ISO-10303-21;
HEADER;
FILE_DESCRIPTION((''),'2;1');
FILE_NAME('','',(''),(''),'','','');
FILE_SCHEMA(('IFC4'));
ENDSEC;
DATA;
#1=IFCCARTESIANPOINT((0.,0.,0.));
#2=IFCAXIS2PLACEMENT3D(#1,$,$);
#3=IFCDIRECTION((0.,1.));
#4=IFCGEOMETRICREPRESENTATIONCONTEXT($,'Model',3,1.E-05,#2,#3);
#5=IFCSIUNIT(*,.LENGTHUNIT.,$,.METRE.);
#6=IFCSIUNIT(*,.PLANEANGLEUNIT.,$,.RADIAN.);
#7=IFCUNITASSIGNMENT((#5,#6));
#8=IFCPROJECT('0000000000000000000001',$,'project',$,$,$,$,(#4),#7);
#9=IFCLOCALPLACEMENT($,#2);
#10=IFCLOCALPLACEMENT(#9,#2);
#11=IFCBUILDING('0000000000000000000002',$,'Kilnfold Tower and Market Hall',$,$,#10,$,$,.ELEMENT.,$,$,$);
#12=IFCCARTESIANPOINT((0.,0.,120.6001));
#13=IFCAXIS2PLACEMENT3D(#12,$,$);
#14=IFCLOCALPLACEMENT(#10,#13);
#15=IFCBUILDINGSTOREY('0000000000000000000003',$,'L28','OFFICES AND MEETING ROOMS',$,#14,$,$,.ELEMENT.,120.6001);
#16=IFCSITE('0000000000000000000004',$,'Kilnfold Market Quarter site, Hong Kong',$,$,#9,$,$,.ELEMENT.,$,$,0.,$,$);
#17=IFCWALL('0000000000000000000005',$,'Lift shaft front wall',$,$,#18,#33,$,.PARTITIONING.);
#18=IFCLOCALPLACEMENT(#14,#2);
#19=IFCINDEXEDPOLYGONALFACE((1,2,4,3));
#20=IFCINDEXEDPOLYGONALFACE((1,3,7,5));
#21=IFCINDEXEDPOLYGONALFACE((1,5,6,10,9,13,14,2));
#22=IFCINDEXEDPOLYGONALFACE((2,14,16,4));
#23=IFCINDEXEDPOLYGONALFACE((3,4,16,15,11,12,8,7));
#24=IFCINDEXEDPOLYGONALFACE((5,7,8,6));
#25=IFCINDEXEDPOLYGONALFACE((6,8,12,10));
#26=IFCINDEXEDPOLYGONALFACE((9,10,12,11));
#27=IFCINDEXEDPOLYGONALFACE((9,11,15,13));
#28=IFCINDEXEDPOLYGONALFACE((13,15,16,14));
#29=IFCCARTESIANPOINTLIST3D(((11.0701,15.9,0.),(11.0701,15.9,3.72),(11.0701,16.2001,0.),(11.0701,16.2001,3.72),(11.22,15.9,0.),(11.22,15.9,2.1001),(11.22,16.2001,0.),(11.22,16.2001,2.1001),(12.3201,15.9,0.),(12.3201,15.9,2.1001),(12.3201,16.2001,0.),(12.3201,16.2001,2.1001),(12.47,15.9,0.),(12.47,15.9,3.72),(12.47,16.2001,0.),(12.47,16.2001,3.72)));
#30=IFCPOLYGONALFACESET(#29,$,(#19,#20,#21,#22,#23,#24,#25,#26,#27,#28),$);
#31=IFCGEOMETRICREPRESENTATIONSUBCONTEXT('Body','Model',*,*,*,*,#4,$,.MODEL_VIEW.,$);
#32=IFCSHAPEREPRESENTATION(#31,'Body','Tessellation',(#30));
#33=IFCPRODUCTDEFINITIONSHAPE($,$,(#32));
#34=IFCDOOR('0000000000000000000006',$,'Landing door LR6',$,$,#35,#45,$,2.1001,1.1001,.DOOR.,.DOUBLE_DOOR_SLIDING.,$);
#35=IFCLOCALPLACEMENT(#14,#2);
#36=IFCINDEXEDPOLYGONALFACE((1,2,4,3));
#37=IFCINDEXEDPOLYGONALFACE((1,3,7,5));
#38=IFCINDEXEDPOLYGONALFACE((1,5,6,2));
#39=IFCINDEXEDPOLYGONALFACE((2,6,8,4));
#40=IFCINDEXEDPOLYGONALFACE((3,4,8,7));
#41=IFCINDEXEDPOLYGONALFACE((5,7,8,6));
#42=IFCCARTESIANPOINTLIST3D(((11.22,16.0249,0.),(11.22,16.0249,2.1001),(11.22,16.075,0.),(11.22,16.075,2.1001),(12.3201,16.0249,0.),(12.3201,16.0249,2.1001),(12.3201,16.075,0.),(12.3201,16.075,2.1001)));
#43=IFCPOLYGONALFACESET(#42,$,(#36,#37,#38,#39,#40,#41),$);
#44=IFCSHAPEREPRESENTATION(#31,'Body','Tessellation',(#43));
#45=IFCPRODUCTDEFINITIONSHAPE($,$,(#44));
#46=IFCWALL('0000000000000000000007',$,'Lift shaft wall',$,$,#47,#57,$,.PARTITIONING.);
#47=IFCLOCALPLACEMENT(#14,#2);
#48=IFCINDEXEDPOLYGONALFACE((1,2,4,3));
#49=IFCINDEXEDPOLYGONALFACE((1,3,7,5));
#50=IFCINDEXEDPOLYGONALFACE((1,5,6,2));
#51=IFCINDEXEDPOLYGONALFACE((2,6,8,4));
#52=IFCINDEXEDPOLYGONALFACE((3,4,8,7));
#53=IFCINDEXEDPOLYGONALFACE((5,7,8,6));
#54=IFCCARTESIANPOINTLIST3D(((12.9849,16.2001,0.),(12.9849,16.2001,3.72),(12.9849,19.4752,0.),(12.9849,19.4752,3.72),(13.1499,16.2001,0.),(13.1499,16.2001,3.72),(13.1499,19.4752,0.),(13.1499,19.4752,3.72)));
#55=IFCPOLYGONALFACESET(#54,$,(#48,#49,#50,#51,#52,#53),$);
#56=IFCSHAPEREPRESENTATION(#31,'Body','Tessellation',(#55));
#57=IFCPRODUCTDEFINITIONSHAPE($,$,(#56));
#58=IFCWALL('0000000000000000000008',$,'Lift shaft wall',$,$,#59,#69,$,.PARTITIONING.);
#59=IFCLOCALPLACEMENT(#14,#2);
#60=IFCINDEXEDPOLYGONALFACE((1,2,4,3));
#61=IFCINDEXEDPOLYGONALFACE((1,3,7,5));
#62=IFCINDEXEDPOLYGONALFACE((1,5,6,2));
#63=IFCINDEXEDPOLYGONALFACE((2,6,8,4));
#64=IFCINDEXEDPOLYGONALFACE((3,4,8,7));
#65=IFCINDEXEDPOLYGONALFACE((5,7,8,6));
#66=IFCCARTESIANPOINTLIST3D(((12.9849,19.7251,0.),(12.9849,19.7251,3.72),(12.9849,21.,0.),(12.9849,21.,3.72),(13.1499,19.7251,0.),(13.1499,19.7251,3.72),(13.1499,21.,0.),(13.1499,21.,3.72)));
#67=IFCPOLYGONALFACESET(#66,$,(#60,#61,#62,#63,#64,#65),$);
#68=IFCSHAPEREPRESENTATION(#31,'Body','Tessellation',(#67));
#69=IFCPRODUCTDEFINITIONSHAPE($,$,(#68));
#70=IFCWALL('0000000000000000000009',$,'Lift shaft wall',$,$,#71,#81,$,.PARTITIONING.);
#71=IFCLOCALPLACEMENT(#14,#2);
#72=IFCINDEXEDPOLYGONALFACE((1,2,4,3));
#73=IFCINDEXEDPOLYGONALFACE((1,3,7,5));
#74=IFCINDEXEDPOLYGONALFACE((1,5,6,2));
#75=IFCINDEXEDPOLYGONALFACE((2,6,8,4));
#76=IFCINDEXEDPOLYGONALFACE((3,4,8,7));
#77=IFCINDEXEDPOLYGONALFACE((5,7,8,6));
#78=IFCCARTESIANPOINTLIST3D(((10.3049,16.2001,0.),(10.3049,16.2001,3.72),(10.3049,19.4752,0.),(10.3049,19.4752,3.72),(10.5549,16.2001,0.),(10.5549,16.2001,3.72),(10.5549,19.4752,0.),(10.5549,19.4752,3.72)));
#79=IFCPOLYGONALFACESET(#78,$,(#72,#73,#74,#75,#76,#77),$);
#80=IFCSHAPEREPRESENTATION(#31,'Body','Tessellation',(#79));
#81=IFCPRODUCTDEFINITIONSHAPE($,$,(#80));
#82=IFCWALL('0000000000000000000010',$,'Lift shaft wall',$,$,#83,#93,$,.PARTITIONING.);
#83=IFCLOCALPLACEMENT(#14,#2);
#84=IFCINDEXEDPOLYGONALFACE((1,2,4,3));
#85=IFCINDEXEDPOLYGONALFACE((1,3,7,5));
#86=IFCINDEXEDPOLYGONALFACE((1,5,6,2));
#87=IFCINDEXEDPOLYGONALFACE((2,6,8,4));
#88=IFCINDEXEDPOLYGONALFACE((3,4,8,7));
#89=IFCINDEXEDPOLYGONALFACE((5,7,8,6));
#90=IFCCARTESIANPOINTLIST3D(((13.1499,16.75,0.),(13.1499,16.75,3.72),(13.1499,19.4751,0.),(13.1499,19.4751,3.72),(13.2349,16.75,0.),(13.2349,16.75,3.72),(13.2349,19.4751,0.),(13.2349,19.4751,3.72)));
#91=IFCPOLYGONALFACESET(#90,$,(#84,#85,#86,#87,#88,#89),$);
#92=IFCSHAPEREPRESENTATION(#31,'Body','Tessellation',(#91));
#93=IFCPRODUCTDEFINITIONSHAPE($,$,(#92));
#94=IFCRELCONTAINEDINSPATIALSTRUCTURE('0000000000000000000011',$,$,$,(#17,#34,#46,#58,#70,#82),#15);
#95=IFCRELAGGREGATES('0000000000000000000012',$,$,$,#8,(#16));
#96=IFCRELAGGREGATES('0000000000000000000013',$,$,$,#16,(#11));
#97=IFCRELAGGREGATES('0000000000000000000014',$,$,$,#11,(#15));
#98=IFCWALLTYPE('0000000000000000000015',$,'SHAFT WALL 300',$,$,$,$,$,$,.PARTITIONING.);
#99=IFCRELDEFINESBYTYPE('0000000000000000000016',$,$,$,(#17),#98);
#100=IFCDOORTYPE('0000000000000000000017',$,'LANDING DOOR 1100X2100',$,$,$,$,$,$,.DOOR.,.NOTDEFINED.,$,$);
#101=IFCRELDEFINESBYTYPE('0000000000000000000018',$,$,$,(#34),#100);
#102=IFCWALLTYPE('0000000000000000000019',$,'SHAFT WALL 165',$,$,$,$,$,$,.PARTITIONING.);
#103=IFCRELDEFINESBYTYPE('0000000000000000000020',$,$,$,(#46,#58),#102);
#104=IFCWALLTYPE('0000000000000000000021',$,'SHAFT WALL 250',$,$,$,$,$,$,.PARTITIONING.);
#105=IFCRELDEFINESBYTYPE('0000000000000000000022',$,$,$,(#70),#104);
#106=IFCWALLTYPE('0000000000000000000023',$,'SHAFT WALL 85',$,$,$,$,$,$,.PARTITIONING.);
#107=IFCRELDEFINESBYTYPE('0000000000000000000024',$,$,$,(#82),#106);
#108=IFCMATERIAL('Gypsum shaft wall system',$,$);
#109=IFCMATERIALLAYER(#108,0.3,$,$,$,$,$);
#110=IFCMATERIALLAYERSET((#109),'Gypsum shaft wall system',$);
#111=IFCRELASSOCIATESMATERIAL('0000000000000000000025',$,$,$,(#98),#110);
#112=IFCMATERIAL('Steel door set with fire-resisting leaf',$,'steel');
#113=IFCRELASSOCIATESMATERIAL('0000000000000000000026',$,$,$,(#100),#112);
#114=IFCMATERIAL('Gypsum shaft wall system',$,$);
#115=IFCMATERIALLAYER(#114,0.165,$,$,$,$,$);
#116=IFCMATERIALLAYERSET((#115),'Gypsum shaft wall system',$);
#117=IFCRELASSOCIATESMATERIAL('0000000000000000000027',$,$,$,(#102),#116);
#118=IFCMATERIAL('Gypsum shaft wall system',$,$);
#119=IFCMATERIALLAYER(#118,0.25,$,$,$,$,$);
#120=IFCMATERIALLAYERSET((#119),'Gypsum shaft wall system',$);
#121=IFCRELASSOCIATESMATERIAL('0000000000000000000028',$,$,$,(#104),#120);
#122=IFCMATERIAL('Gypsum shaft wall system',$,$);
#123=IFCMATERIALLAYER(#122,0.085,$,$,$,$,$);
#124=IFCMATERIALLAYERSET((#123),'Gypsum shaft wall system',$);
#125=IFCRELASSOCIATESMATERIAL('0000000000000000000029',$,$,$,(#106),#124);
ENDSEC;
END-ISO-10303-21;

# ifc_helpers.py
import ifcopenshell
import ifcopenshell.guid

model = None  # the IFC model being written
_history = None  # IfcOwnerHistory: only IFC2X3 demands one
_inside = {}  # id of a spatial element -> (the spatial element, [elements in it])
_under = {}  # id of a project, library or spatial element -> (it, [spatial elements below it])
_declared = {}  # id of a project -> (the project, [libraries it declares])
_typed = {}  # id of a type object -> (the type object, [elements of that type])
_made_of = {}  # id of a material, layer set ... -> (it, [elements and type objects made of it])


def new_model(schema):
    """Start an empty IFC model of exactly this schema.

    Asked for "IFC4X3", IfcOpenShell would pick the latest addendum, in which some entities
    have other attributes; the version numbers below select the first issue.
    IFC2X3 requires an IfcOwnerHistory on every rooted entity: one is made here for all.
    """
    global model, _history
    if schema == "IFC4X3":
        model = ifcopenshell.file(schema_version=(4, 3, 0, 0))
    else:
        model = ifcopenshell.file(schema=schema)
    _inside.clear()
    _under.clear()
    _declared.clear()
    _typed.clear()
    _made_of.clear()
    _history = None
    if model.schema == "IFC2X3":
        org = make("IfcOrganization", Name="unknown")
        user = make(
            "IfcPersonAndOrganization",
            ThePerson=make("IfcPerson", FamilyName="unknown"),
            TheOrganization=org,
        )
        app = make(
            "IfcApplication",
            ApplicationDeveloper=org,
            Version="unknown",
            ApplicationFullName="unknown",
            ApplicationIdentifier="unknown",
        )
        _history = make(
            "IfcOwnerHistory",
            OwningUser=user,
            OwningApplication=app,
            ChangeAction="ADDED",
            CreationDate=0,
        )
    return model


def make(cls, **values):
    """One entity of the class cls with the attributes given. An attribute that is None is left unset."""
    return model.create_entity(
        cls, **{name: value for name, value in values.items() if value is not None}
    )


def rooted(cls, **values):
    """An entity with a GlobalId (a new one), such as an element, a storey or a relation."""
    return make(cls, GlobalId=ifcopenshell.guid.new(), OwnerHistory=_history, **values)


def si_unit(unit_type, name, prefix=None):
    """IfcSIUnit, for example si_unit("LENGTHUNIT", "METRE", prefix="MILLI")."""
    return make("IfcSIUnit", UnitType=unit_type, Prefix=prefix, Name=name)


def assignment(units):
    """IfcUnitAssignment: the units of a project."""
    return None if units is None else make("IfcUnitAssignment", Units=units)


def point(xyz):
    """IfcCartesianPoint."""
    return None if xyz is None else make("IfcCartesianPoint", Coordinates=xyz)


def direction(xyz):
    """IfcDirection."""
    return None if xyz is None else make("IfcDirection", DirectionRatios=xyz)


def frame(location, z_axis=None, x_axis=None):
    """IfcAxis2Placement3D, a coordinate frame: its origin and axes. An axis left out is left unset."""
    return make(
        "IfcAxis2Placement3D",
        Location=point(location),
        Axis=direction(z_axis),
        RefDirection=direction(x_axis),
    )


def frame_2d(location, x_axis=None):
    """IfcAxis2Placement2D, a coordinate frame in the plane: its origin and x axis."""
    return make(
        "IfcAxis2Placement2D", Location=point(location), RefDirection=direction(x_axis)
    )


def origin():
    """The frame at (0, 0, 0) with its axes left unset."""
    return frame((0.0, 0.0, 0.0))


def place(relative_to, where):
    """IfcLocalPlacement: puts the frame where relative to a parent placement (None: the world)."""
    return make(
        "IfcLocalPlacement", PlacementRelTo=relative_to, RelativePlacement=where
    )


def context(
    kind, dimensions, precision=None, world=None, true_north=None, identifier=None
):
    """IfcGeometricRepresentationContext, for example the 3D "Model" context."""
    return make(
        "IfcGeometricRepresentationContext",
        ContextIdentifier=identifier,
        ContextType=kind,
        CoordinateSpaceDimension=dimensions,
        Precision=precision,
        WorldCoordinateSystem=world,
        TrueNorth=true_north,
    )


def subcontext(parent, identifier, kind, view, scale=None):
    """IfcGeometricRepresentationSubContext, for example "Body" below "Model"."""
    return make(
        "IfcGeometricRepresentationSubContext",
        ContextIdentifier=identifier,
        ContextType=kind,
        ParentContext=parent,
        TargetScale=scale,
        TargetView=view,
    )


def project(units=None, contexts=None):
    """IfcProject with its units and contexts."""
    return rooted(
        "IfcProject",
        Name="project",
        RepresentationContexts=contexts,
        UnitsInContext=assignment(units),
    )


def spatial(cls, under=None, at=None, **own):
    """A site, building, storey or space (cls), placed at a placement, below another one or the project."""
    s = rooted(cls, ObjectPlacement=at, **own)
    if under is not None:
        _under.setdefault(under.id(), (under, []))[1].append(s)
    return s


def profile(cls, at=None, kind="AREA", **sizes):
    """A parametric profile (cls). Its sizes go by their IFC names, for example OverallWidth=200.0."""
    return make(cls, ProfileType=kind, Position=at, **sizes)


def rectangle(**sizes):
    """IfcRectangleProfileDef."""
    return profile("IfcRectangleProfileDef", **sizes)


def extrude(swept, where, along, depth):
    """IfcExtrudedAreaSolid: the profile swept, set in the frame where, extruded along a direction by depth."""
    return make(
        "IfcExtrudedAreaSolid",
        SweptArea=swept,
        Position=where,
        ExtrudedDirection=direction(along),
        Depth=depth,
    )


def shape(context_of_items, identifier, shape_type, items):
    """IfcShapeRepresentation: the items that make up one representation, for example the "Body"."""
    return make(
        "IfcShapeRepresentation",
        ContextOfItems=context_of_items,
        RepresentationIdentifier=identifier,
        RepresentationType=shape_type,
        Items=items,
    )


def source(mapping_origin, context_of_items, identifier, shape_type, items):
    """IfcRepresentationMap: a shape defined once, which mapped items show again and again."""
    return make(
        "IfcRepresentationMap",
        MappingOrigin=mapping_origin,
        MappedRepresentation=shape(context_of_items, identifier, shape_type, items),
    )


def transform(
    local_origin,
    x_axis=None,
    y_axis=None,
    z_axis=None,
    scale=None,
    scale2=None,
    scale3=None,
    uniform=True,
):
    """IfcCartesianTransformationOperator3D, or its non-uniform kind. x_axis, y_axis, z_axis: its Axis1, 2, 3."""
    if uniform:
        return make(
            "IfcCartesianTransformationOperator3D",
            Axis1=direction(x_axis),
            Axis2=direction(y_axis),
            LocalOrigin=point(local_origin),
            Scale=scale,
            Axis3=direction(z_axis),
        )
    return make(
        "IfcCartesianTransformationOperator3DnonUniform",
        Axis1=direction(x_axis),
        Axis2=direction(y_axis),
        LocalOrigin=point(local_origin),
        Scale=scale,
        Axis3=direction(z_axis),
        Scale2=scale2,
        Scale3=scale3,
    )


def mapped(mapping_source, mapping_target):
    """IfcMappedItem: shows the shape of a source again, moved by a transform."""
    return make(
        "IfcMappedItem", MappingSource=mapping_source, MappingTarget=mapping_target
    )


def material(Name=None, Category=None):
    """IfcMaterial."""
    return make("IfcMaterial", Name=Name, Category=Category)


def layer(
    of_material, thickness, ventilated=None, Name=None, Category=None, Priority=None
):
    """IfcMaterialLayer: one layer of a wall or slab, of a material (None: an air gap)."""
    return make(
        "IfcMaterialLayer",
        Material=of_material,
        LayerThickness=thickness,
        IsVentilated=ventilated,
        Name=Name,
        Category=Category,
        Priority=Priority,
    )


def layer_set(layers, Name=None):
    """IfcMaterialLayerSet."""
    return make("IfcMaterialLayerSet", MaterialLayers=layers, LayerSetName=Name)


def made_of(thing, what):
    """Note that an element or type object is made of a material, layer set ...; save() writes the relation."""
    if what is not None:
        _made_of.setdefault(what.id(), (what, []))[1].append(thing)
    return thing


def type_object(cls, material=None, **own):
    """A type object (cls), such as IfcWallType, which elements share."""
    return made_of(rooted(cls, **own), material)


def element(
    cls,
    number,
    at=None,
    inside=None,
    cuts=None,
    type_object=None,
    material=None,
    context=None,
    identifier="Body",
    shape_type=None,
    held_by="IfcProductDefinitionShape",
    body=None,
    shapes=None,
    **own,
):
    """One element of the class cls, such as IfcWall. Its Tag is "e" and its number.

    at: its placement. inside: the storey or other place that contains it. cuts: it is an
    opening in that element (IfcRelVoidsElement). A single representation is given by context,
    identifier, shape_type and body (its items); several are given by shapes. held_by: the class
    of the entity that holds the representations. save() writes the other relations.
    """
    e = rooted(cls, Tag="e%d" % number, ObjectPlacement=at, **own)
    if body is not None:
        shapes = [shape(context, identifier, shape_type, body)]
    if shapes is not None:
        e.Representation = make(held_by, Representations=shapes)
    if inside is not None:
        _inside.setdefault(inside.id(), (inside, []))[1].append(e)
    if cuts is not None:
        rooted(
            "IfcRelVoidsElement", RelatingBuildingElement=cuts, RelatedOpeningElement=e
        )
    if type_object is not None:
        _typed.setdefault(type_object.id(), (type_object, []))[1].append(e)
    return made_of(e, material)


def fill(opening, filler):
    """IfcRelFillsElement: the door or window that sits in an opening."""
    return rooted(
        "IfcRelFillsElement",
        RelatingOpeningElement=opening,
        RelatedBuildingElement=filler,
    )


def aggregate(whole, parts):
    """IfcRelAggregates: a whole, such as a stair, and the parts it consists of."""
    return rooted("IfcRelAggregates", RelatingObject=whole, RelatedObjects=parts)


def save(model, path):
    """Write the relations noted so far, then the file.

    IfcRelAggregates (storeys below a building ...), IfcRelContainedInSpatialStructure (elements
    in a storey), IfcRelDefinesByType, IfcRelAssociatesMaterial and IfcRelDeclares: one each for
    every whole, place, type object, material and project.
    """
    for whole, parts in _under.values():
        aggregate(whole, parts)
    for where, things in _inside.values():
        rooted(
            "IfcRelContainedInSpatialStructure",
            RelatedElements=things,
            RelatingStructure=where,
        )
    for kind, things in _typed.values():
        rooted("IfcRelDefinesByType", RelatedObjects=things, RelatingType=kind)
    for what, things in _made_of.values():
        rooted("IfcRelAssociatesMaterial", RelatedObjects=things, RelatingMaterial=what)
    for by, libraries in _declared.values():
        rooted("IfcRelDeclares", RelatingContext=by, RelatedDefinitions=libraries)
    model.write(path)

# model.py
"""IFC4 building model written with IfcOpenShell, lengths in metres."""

from ifc_helpers import new_model, si_unit, direction, frame, frame_2d, origin, place, context, subcontext, project, spatial, rectangle, extrude, source, transform, mapped, material, layer, layer_set, type_object, element, fill, save


model = new_model("IFC4")

# Units and contexts
model_context = context("Model", 3, precision=1e-05, world=origin(), true_north=direction((0.0, 1.0)))
body_context = subcontext(model_context, "Body", "Model", "MODEL_VIEW")
ifc_project = project(units=[si_unit("LENGTHUNIT", "METRE"), si_unit("PLANEANGLEUNIT", "RADIAN")], contexts=[model_context])

# Site, building, storey
site_placement = place(None, origin())
site = spatial("IfcSite", under=ifc_project, at=site_placement, Name="Kilnfold Market Quarter site, Hong Kong", CompositionType="ELEMENT", RefElevation=0.0)
building_placement = place(site_placement, origin())
building = spatial("IfcBuilding", under=site, at=building_placement, Name="Kilnfold Tower and Market Hall", CompositionType="ELEMENT")
storey_placement = place(building_placement, frame((0.0, 0.0, 120.6001)))
storey = spatial("IfcBuildingStorey", under=building, at=storey_placement, Name="L28", Description="OFFICES AND MEETING ROOMS", CompositionType="ELEMENT", Elevation=120.6001)

# Wall, opening, door
ifc_material_1 = material(Name="Gypsum shaft wall system")
ifc_layer_1 = layer(ifc_material_1, 0.3)
ifc_layer_set_1 = layer_set([ifc_layer_1], Name="Gypsum shaft wall system")
wall_type_1 = type_object("IfcWallType", Name="SHAFT WALL 300", PredefinedType="PARTITIONING", material=ifc_layer_set_1)
shared_shape_1 = source(origin(), body_context, "Body", "SweptSolid", [
    extrude(rectangle(XDim=1.3999, YDim=0.3, at=frame_2d((0.7, 0.0))), origin(), (0.0, 0.0, 1.0), 3.72),
])
wall_1_placement = place(storey_placement, frame((11.0701, 16.05, 0.0), z_axis=(0.0, 0.0, 1.0), x_axis=(1.0, 0.0, 0.0)))
wall_1 = element("IfcWall", 1, at=wall_1_placement, inside=storey, type_object=wall_type_1, Name="Lift shaft front wall", PredefinedType="PARTITIONING", context=body_context, shape_type="MappedRepresentation", body=[
    mapped(shared_shape_1, transform((0.0, 0.0, 0.0))),
])
opening_1_placement = place(wall_1_placement, frame((0.1499, 0.0, 0.0)))
opening_1 = element("IfcOpeningElement", 2, at=opening_1_placement, cuts=wall_1, PredefinedType="OPENING", context=body_context, shape_type="SweptSolid", body=[
    extrude(rectangle(XDim=1.1001, YDim=2.1001, at=frame_2d((0.55, 1.05))), frame((0.0, 0.1602, 0.0), z_axis=(0.0, -1.0, 0.0), x_axis=(1.0, 0.0, 0.0)), (0.0, 0.0, 1.0), 0.3201),
])
ifc_material_2 = material(Name="Steel door set with fire-resisting leaf", Category="steel")
door_type = type_object("IfcDoorType", Name="LANDING DOOR 1100X2100", OperationType="NOTDEFINED", PredefinedType="DOOR", material=ifc_material_2)
door_placement = place(opening_1_placement, origin())
door = element("IfcDoor", 3, at=door_placement, inside=storey, type_object=door_type, Name="Landing door LR6", OperationType="DOUBLE_DOOR_SLIDING", OverallHeight=2.1001, OverallWidth=1.1001, PredefinedType="DOOR", context=body_context, shape_type="SweptSolid", body=[
    extrude(rectangle(XDim=1.1001, YDim=2.1001, at=frame_2d((0.55, 1.05))), frame((0.0, 0.0249, 0.0), z_axis=(0.0, -1.0, 0.0), x_axis=(1.0, 0.0, 0.0)), (0.0, 0.0, 1.0), 0.05),
])
fill(opening_1, door)

# Walls
ifc_material_3 = material(Name="Gypsum shaft wall system")
ifc_layer_2 = layer(ifc_material_3, 0.165)
ifc_layer_set_2 = layer_set([ifc_layer_2], Name="Gypsum shaft wall system")
wall_type_2 = type_object("IfcWallType", Name="SHAFT WALL 165", PredefinedType="PARTITIONING", material=ifc_layer_set_2)
shared_shape_2 = source(origin(), body_context, "Body", "SweptSolid", [
    extrude(rectangle(XDim=3.2751, YDim=0.165, at=frame_2d((1.6377, 0.0))), origin(), (0.0, 0.0, 1.0), 3.72),
])
wall_2_placement = place(storey_placement, frame((13.0674, 16.2, 0.0), z_axis=(0.0, 0.0, 1.0), x_axis=(0.0, 1.0, 0.0)))
element("IfcWall", 4, at=wall_2_placement, inside=storey, type_object=wall_type_2, Name="Lift shaft wall", PredefinedType="PARTITIONING", context=body_context, shape_type="MappedRepresentation", body=[
    mapped(shared_shape_2, transform((0.0, 0.0, 0.0))),
])
shared_shape_3 = source(origin(), body_context, "Body", "SweptSolid", [
    extrude(rectangle(XDim=1.2749, YDim=0.165, at=frame_2d((0.6375, 0.0))), origin(), (0.0, 0.0, 1.0), 3.72),
])
wall_3_placement = place(storey_placement, frame((13.0674, 19.7251, 0.0), z_axis=(0.0, 0.0, 1.0), x_axis=(0.0, 1.0, 0.0)))
element("IfcWall", 5, at=wall_3_placement, inside=storey, type_object=wall_type_2, Name="Lift shaft wall", PredefinedType="PARTITIONING", context=body_context, shape_type="MappedRepresentation", body=[
    mapped(shared_shape_3, transform((0.0, 0.0, 0.0))),
])
ifc_material_4 = material(Name="Gypsum shaft wall system")
ifc_layer_3 = layer(ifc_material_4, 0.25)
ifc_layer_set_3 = layer_set([ifc_layer_3], Name="Gypsum shaft wall system")
wall_type_3 = type_object("IfcWallType", Name="SHAFT WALL 250", PredefinedType="PARTITIONING", material=ifc_layer_set_3)
shared_shape_4 = source(origin(), body_context, "Body", "SweptSolid", [
    extrude(rectangle(XDim=3.2751, YDim=0.25, at=frame_2d((1.6377, 0.0))), origin(), (0.0, 0.0, 1.0), 3.72),
])
wall_4_placement = place(storey_placement, frame((10.4299, 16.2, 0.0), z_axis=(0.0, 0.0, 1.0), x_axis=(0.0, 1.0, 0.0)))
element("IfcWall", 6, at=wall_4_placement, inside=storey, type_object=wall_type_3, Name="Lift shaft wall", PredefinedType="PARTITIONING", context=body_context, shape_type="MappedRepresentation", body=[
    mapped(shared_shape_4, transform((0.0, 0.0, 0.0))),
])
ifc_material_5 = material(Name="Gypsum shaft wall system")
ifc_layer_4 = layer(ifc_material_5, 0.085)
ifc_layer_set_4 = layer_set([ifc_layer_4], Name="Gypsum shaft wall system")
wall_type_4 = type_object("IfcWallType", Name="SHAFT WALL 85", PredefinedType="PARTITIONING", material=ifc_layer_set_4)
shared_shape_5 = source(origin(), body_context, "Body", "SweptSolid", [
    extrude(rectangle(XDim=2.7251, YDim=0.085, at=frame_2d((1.3625, 0.0))), origin(), (0.0, 0.0, 1.0), 3.72),
])
wall_5_placement = place(storey_placement, frame((13.1924, 16.75, 0.0), z_axis=(0.0, 0.0, 1.0), x_axis=(0.0, 1.0, 0.0)))
element("IfcWall", 7, at=wall_5_placement, inside=storey, type_object=wall_type_4, Name="Lift shaft wall", PredefinedType="PARTITIONING", context=body_context, shape_type="MappedRepresentation", body=[
    mapped(shared_shape_5, transform((0.0, 0.0, 0.0))),
])

save(model, "model.ifc")
